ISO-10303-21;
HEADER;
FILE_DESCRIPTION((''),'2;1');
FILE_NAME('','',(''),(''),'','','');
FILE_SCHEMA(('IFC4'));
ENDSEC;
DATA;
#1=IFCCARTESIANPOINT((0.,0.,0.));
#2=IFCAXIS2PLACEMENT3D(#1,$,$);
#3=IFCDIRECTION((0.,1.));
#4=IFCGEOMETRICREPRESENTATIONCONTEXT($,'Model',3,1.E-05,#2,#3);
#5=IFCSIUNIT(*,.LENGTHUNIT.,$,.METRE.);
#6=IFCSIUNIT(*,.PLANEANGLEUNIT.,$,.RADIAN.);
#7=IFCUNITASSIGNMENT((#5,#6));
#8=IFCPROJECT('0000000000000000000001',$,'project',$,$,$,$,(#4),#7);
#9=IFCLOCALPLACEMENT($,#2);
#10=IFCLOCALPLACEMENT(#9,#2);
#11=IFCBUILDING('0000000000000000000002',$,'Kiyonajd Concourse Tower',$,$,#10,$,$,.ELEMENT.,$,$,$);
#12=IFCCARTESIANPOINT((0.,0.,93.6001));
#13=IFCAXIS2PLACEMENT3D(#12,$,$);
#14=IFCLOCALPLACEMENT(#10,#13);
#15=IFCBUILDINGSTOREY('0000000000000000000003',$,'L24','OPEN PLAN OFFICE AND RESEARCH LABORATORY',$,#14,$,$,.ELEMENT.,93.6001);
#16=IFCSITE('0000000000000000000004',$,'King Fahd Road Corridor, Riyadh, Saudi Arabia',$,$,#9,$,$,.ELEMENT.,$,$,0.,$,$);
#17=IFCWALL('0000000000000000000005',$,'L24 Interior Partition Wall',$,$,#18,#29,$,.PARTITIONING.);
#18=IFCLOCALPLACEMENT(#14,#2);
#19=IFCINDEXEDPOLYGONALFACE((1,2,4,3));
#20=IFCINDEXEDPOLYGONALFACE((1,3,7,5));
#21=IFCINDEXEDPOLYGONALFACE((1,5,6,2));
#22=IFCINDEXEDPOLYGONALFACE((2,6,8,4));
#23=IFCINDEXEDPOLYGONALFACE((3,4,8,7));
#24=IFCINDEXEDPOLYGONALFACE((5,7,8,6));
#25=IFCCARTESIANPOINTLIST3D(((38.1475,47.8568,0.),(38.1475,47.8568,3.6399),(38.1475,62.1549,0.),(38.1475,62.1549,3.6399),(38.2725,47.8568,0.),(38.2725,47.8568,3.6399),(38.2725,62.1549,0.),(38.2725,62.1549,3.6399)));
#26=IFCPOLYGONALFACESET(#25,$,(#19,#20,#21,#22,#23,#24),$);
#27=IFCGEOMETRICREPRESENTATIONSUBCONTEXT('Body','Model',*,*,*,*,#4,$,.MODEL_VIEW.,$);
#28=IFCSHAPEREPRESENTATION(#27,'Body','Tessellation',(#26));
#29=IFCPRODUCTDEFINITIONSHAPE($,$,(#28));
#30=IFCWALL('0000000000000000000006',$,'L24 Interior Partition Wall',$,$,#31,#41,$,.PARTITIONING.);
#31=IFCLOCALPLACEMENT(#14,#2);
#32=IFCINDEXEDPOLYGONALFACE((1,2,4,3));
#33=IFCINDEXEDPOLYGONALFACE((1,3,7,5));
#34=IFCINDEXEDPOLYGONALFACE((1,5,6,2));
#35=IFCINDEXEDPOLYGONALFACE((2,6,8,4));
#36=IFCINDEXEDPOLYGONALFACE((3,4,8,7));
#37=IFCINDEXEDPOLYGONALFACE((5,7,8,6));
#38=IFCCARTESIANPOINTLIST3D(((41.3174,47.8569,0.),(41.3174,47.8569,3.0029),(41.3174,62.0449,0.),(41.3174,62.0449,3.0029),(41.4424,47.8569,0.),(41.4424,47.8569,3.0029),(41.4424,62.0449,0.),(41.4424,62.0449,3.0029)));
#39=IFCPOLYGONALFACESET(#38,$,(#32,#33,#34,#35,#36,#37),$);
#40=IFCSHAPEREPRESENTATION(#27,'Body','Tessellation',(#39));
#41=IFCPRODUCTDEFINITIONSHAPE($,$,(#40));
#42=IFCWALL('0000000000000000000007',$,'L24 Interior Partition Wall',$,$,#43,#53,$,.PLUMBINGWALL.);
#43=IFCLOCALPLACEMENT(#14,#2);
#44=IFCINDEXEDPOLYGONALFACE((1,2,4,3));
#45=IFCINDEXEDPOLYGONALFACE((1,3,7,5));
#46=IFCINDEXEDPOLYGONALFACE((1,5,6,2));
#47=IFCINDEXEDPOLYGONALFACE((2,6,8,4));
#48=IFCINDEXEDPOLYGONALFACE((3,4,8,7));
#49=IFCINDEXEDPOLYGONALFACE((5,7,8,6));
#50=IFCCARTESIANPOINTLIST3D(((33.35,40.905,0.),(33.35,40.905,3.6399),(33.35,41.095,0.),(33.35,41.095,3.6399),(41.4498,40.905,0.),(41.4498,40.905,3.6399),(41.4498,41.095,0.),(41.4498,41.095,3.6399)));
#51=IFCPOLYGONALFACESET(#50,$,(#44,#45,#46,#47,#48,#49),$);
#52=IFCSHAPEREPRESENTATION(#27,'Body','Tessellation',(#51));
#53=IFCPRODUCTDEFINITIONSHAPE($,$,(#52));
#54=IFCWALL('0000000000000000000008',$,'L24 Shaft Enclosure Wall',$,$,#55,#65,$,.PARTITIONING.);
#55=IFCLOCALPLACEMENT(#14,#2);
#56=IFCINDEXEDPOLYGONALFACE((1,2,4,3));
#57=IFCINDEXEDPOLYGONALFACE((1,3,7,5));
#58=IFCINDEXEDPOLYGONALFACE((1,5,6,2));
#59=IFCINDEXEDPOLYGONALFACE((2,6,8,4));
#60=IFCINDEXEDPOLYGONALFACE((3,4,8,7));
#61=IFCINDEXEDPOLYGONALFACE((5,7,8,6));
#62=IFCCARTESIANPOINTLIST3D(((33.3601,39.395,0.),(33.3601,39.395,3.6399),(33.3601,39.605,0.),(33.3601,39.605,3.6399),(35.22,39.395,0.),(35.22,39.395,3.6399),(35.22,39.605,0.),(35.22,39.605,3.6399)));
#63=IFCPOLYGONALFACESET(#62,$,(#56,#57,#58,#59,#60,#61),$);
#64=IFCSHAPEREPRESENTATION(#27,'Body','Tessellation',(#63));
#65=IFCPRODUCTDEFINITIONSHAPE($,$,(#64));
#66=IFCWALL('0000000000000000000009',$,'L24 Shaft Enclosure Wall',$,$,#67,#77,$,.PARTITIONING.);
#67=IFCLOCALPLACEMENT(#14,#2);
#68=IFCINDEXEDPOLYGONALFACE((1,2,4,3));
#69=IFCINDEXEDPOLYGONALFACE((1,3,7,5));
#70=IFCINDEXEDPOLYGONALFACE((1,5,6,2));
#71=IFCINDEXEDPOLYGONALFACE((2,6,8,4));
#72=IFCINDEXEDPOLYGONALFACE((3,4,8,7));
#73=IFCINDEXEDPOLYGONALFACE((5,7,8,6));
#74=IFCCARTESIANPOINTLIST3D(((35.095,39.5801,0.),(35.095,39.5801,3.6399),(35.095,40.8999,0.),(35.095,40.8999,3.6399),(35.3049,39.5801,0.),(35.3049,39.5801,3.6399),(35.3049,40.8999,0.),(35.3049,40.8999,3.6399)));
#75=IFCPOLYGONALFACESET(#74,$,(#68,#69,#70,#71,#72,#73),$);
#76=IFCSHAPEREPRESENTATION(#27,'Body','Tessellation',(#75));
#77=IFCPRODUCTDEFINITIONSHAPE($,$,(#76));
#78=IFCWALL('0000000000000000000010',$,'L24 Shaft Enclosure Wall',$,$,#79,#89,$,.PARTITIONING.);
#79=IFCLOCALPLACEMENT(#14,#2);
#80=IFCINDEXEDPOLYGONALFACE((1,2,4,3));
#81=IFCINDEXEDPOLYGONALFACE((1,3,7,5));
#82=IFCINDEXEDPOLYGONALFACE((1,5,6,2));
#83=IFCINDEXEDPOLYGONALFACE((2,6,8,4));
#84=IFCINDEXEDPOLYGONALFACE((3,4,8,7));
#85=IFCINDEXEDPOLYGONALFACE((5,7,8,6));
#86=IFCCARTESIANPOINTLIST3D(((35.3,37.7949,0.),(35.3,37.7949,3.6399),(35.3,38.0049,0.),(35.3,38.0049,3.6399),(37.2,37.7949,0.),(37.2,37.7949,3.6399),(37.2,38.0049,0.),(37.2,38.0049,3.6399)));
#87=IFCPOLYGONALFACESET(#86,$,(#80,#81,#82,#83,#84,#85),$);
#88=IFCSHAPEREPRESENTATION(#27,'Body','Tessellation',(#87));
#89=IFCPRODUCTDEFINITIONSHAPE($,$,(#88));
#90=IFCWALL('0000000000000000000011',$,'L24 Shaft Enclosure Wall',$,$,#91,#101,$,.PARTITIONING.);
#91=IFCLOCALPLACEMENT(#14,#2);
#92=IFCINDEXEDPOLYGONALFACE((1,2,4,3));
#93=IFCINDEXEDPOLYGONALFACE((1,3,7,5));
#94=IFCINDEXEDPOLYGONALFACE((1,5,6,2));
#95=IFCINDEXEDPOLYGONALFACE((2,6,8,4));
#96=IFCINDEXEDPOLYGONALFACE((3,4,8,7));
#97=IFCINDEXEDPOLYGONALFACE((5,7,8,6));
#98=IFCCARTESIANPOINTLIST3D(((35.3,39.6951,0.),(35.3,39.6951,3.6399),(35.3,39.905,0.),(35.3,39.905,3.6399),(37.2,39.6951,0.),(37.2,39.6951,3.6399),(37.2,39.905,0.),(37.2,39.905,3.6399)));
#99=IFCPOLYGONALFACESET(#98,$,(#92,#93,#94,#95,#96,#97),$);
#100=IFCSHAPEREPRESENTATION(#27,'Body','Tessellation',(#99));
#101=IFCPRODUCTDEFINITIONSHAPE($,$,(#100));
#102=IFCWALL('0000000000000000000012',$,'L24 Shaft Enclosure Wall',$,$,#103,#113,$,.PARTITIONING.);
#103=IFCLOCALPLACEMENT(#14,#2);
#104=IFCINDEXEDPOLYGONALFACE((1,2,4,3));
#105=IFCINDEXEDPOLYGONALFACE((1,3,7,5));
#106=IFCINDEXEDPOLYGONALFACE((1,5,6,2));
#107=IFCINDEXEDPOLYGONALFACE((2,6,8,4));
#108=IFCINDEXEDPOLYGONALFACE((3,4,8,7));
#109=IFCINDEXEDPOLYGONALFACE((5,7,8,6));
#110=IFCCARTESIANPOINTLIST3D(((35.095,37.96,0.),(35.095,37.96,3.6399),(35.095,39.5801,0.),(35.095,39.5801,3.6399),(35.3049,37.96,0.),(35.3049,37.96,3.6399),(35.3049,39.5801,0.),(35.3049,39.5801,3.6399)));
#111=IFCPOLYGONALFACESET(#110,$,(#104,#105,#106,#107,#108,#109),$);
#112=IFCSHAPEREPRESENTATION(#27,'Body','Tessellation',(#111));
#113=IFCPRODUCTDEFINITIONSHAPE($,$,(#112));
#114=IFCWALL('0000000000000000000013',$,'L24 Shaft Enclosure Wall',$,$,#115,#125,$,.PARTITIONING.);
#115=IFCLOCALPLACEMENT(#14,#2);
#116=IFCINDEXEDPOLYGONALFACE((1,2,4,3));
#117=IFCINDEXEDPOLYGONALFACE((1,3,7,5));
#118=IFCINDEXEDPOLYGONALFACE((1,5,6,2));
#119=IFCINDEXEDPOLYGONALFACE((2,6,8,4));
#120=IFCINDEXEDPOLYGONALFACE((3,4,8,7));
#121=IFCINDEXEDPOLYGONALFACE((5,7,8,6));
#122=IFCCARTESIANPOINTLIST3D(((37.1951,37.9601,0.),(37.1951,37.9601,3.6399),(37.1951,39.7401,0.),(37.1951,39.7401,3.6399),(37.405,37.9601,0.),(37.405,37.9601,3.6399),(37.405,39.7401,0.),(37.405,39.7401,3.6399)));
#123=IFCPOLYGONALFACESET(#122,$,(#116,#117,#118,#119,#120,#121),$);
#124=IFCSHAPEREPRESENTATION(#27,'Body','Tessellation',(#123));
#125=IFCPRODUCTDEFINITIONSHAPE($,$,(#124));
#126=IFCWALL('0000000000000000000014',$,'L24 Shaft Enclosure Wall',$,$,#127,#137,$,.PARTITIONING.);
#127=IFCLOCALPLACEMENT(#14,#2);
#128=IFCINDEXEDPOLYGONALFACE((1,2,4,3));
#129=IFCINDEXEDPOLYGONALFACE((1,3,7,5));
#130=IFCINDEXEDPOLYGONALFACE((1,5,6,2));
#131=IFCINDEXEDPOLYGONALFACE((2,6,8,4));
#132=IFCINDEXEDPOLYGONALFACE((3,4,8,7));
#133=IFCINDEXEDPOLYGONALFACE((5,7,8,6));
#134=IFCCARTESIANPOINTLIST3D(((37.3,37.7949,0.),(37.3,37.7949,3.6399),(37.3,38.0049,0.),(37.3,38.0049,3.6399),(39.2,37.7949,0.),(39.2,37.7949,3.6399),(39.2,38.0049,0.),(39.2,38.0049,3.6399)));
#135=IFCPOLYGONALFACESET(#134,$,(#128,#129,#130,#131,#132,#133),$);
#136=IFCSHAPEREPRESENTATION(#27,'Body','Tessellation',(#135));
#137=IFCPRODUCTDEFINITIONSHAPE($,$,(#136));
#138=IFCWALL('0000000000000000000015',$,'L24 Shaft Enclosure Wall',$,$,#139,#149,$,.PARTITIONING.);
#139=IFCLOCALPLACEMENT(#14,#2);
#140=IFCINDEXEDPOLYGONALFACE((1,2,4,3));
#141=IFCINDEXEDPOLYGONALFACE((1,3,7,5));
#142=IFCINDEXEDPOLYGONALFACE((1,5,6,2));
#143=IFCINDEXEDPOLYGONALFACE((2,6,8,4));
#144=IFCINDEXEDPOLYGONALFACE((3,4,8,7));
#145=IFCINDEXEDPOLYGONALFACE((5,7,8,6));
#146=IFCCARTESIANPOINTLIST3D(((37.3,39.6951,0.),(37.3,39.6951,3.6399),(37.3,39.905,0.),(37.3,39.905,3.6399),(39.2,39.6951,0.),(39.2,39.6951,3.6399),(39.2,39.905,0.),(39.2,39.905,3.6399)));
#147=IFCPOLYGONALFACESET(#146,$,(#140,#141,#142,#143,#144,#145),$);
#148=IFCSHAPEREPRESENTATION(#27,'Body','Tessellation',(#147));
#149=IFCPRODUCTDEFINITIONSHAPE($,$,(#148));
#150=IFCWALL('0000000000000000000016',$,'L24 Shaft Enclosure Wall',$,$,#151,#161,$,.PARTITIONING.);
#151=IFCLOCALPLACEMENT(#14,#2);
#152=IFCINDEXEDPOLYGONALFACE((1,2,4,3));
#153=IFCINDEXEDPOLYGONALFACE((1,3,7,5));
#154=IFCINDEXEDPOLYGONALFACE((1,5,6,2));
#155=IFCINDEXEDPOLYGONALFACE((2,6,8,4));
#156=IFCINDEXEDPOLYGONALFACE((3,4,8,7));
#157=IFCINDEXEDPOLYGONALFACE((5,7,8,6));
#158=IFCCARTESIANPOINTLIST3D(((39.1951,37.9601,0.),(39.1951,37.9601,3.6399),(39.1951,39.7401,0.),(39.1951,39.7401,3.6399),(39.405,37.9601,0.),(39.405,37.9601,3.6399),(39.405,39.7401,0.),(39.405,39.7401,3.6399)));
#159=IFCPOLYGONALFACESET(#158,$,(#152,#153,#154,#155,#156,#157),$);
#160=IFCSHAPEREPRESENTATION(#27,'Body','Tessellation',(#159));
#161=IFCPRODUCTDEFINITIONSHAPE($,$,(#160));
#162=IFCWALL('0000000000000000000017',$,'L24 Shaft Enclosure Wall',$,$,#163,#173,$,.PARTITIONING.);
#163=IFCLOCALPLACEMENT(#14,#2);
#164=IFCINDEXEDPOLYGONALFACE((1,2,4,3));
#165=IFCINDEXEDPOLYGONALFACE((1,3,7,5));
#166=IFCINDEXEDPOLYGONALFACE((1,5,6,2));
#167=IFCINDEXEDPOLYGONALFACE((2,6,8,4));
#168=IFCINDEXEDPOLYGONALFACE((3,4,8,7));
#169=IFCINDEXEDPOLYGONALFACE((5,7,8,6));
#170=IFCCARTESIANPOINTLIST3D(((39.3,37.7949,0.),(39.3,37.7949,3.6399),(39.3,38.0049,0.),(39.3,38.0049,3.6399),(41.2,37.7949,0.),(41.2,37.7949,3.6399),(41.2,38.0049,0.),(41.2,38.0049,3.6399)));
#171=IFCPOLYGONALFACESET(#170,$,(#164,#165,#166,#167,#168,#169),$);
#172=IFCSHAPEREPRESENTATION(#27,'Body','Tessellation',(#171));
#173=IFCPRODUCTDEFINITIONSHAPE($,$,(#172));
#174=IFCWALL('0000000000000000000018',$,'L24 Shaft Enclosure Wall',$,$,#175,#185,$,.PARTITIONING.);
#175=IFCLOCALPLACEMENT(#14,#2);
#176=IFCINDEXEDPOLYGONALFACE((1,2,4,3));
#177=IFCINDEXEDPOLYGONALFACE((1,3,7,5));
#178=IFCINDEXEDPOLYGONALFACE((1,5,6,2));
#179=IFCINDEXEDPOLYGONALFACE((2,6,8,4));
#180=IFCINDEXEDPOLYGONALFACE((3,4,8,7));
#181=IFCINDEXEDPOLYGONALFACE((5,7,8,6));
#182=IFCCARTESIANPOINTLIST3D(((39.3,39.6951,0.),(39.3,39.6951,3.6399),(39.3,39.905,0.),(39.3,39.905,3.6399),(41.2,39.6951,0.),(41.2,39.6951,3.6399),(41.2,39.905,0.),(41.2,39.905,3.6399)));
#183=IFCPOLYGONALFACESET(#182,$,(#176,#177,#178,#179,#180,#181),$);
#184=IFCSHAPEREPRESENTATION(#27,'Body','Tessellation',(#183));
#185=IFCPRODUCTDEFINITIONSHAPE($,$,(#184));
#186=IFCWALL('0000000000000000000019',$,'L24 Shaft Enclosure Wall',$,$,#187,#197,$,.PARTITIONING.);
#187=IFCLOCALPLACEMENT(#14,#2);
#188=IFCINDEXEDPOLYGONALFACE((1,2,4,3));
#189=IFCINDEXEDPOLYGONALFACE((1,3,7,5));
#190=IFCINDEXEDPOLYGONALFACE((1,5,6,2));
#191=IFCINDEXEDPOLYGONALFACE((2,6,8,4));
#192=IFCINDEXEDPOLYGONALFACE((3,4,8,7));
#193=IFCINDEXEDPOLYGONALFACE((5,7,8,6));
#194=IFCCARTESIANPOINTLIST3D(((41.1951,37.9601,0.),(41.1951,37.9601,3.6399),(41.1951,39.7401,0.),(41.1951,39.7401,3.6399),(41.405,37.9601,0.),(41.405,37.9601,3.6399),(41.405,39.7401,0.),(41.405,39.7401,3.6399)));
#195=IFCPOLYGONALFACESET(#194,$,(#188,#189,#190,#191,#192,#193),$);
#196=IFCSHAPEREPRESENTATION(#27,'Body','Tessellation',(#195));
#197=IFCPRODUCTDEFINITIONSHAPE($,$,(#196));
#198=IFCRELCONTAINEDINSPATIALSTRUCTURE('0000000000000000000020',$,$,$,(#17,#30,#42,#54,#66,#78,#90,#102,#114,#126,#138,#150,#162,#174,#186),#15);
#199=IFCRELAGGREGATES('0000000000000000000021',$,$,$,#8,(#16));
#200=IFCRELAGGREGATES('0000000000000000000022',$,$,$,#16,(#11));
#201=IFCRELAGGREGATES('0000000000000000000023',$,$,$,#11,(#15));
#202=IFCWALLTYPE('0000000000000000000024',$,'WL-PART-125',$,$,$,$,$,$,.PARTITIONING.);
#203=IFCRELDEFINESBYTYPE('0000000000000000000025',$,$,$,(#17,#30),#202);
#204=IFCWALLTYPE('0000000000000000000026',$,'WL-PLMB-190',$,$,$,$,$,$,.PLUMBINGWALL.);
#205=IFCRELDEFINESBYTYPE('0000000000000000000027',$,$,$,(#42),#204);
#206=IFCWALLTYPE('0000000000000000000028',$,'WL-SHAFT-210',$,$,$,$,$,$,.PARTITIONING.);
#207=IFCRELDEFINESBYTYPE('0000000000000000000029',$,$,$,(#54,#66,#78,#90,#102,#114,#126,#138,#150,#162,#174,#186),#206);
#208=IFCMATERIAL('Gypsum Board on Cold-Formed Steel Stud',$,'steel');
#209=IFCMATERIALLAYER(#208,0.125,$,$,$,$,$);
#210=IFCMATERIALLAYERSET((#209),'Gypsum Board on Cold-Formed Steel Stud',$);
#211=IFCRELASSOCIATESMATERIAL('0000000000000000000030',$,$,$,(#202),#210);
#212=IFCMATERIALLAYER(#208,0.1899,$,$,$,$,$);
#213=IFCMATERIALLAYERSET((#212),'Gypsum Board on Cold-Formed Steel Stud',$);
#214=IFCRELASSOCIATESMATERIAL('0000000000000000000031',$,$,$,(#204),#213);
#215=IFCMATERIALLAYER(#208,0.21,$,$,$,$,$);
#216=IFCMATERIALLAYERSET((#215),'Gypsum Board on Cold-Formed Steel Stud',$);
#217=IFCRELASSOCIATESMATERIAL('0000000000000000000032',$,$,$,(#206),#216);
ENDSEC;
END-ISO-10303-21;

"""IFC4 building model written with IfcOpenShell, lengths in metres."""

from ifc_helpers import new_model, si_unit, direction, frame, frame_2d, origin, place, context, subcontext, project, spatial, rectangle, extrude, material, layer, layer_set, type_object, element, save


model = new_model("IFC4")

# Units and contexts
model_context = context("Model", 3, precision=1e-05, world=origin(), true_north=direction((0.0, 1.0)))
body_context = subcontext(model_context, "Body", "Model", "MODEL_VIEW")
ifc_project = project(units=[si_unit("LENGTHUNIT", "METRE"), si_unit("PLANEANGLEUNIT", "RADIAN")], contexts=[model_context])

# Site, building, storey
site_placement = place(None, origin())
site = spatial("IfcSite", under=ifc_project, at=site_placement, Name="King Fahd Road Corridor, Riyadh, Saudi Arabia", CompositionType="ELEMENT", RefElevation=0.0)
building_placement = place(site_placement, origin())
building = spatial("IfcBuilding", under=site, at=building_placement, Name="Kiyonajd Concourse Tower", CompositionType="ELEMENT")
storey_placement = place(building_placement, frame((0.0, 0.0, 93.6001)))
storey = spatial("IfcBuildingStorey", under=building, at=storey_placement, Name="L24", Description="OPEN PLAN OFFICE AND RESEARCH LABORATORY", CompositionType="ELEMENT", Elevation=93.6001)

# Walls
ifc_material_1 = material(Name="Gypsum Board on Cold-Formed Steel Stud", Category="steel")
ifc_layer_1 = layer(ifc_material_1, 0.125)
ifc_layer_set_1 = layer_set([ifc_layer_1], Name="Gypsum Board on Cold-Formed Steel Stud")
wall_type_1 = type_object("IfcWallType", Name="WL-PART-125", PredefinedType="PARTITIONING", material=ifc_layer_set_1)
wall_1_placement = place(storey_placement, frame((38.21, 47.8569, 0.0), z_axis=(0.0, 0.0, 1.0), x_axis=(0.0, 1.0, 0.0)))
element("IfcWall", 1, at=wall_1_placement, inside=storey, type_object=wall_type_1, Name="L24 Interior Partition Wall", PredefinedType="PARTITIONING", context=body_context, shape_type="SweptSolid", body=[
    extrude(rectangle(XDim=14.2981, YDim=0.125, at=frame_2d((7.1489, 0.0))), origin(), (0.0, 0.0, 1.0), 3.6399),
])
wall_2_placement = place(storey_placement, frame((41.3799, 47.8569, 0.0), z_axis=(0.0, 0.0, 1.0), x_axis=(0.0, 1.0, 0.0)))
element("IfcWall", 2, at=wall_2_placement, inside=storey, type_object=wall_type_1, Name="L24 Interior Partition Wall", PredefinedType="PARTITIONING", context=body_context, shape_type="SweptSolid", body=[
    extrude(rectangle(XDim=14.188, YDim=0.125, at=frame_2d((7.094, 0.0))), origin(), (0.0, 0.0, 1.0), 3.0029),
])
ifc_layer_2 = layer(ifc_material_1, 0.1899)
ifc_layer_set_2 = layer_set([ifc_layer_2], Name="Gypsum Board on Cold-Formed Steel Stud")
wall_type_2 = type_object("IfcWallType", Name="WL-PLMB-190", PredefinedType="PLUMBINGWALL", material=ifc_layer_set_2)
wall_3_placement = place(storey_placement, frame((33.3501, 41.0, 0.0), z_axis=(0.0, 0.0, 1.0), x_axis=(1.0, 0.0, 0.0)))
element("IfcWall", 3, at=wall_3_placement, inside=storey, type_object=wall_type_2, Name="L24 Interior Partition Wall", PredefinedType="PLUMBINGWALL", context=body_context, shape_type="SweptSolid", body=[
    extrude(rectangle(XDim=8.0999, YDim=0.1899, at=frame_2d((4.0498, 0.0))), origin(), (0.0, 0.0, 1.0), 3.6399),
])
ifc_layer_3 = layer(ifc_material_1, 0.21)
ifc_layer_set_3 = layer_set([ifc_layer_3], Name="Gypsum Board on Cold-Formed Steel Stud")
wall_type_3 = type_object("IfcWallType", Name="WL-SHAFT-210", PredefinedType="PARTITIONING", material=ifc_layer_set_3)
wall_4_placement = place(storey_placement, frame((33.3601, 39.5, 0.0), z_axis=(0.0, 0.0, 1.0), x_axis=(1.0, 0.0, 0.0)))
element("IfcWall", 4, at=wall_4_placement, inside=storey, type_object=wall_type_3, Name="L24 Shaft Enclosure Wall", PredefinedType="PARTITIONING", context=body_context, shape_type="SweptSolid", body=[
    extrude(rectangle(XDim=1.8599, YDim=0.21, at=frame_2d((0.9299, 0.0))), origin(), (0.0, 0.0, 1.0), 3.6399),
])
wall_5_placement = place(storey_placement, frame((35.2, 39.5801, 0.0), z_axis=(0.0, 0.0, 1.0), x_axis=(0.0, 1.0, 0.0)))
element("IfcWall", 5, at=wall_5_placement, inside=storey, type_object=wall_type_3, Name="L24 Shaft Enclosure Wall", PredefinedType="PARTITIONING", context=body_context, shape_type="SweptSolid", body=[
    extrude(rectangle(XDim=1.3198, YDim=0.21, at=frame_2d((0.6599, 0.0))), origin(), (0.0, 0.0, 1.0), 3.6399),
])
for number, where, z_axis, x_axis, name in (
    (6, (35.3, 37.8999, 0.0), (0.0, 0.0, 1.0), (1.0, 0.0, 0.0), "L24 Shaft Enclosure Wall"),
    (7, (35.3, 39.8, 0.0), (0.0, 0.0, 1.0), (1.0, 0.0, 0.0), "L24 Shaft Enclosure Wall"),
):
    element("IfcWall", number, at=place(storey_placement, frame(where, z_axis=z_axis, x_axis=x_axis)), inside=storey, type_object=wall_type_3, Name=name, PredefinedType="PARTITIONING", context=body_context, shape_type="SweptSolid", body=[
        extrude(rectangle(XDim=1.8999, YDim=0.21, at=frame_2d((0.95, 0.0))), origin(), (0.0, 0.0, 1.0), 3.6399),
    ])
wall_6_placement = place(storey_placement, frame((35.2, 37.96, 0.0), z_axis=(0.0, 0.0, 1.0), x_axis=(0.0, 1.0, 0.0)))
element("IfcWall", 8, at=wall_6_placement, inside=storey, type_object=wall_type_3, Name="L24 Shaft Enclosure Wall", PredefinedType="PARTITIONING", context=body_context, shape_type="SweptSolid", body=[
    extrude(rectangle(XDim=1.6201, YDim=0.21, at=frame_2d((0.8101, 0.0))), origin(), (0.0, 0.0, 1.0), 3.6399),
])
wall_7_placement = place(storey_placement, frame((37.3, 37.96, 0.0), z_axis=(0.0, 0.0, 1.0), x_axis=(0.0, 1.0, 0.0)))
element("IfcWall", 9, at=wall_7_placement, inside=storey, type_object=wall_type_3, Name="L24 Shaft Enclosure Wall", PredefinedType="PARTITIONING", context=body_context, shape_type="SweptSolid", body=[
    extrude(rectangle(XDim=1.78, YDim=0.21, at=frame_2d((0.8901, 0.0))), origin(), (0.0, 0.0, 1.0), 3.6399),
])
for number, where, z_axis, x_axis, name in (
    (10, (37.3, 37.8999, 0.0), (0.0, 0.0, 1.0), (1.0, 0.0, 0.0), "L24 Shaft Enclosure Wall"),
    (11, (37.3, 39.8, 0.0), (0.0, 0.0, 1.0), (1.0, 0.0, 0.0), "L24 Shaft Enclosure Wall"),
):
    element("IfcWall", number, at=place(storey_placement, frame(where, z_axis=z_axis, x_axis=x_axis)), inside=storey, type_object=wall_type_3, Name=name, PredefinedType="PARTITIONING", context=body_context, shape_type="SweptSolid", body=[
        extrude(rectangle(XDim=1.8999, YDim=0.21, at=frame_2d((0.95, 0.0))), origin(), (0.0, 0.0, 1.0), 3.6399),
    ])
wall_8_placement = place(storey_placement, frame((39.3, 37.96, 0.0), z_axis=(0.0, 0.0, 1.0), x_axis=(0.0, 1.0, 0.0)))
element("IfcWall", 12, at=wall_8_placement, inside=storey, type_object=wall_type_3, Name="L24 Shaft Enclosure Wall", PredefinedType="PARTITIONING", context=body_context, shape_type="SweptSolid", body=[
    extrude(rectangle(XDim=1.78, YDim=0.21, at=frame_2d((0.8901, 0.0))), origin(), (0.0, 0.0, 1.0), 3.6399),
])
for number, where, z_axis, x_axis, name in (
    (13, (39.3, 37.8999, 0.0), (0.0, 0.0, 1.0), (1.0, 0.0, 0.0), "L24 Shaft Enclosure Wall"),
    (14, (39.3, 39.8, 0.0), (0.0, 0.0, 1.0), (1.0, 0.0, 0.0), "L24 Shaft Enclosure Wall"),
):
    element("IfcWall", number, at=place(storey_placement, frame(where, z_axis=z_axis, x_axis=x_axis)), inside=storey, type_object=wall_type_3, Name=name, PredefinedType="PARTITIONING", context=body_context, shape_type="SweptSolid", body=[
        extrude(rectangle(XDim=1.8999, YDim=0.21, at=frame_2d((0.95, 0.0))), origin(), (0.0, 0.0, 1.0), 3.6399),
    ])
wall_9_placement = place(storey_placement, frame((41.3, 37.96, 0.0), z_axis=(0.0, 0.0, 1.0), x_axis=(0.0, 1.0, 0.0)))
element("IfcWall", 15, at=wall_9_placement, inside=storey, type_object=wall_type_3, Name="L24 Shaft Enclosure Wall", PredefinedType="PARTITIONING", context=body_context, shape_type="SweptSolid", body=[
    extrude(rectangle(XDim=1.78, YDim=0.21, at=frame_2d((0.8901, 0.0))), origin(), (0.0, 0.0, 1.0), 3.6399),
])

save(model, "model.ifc")
